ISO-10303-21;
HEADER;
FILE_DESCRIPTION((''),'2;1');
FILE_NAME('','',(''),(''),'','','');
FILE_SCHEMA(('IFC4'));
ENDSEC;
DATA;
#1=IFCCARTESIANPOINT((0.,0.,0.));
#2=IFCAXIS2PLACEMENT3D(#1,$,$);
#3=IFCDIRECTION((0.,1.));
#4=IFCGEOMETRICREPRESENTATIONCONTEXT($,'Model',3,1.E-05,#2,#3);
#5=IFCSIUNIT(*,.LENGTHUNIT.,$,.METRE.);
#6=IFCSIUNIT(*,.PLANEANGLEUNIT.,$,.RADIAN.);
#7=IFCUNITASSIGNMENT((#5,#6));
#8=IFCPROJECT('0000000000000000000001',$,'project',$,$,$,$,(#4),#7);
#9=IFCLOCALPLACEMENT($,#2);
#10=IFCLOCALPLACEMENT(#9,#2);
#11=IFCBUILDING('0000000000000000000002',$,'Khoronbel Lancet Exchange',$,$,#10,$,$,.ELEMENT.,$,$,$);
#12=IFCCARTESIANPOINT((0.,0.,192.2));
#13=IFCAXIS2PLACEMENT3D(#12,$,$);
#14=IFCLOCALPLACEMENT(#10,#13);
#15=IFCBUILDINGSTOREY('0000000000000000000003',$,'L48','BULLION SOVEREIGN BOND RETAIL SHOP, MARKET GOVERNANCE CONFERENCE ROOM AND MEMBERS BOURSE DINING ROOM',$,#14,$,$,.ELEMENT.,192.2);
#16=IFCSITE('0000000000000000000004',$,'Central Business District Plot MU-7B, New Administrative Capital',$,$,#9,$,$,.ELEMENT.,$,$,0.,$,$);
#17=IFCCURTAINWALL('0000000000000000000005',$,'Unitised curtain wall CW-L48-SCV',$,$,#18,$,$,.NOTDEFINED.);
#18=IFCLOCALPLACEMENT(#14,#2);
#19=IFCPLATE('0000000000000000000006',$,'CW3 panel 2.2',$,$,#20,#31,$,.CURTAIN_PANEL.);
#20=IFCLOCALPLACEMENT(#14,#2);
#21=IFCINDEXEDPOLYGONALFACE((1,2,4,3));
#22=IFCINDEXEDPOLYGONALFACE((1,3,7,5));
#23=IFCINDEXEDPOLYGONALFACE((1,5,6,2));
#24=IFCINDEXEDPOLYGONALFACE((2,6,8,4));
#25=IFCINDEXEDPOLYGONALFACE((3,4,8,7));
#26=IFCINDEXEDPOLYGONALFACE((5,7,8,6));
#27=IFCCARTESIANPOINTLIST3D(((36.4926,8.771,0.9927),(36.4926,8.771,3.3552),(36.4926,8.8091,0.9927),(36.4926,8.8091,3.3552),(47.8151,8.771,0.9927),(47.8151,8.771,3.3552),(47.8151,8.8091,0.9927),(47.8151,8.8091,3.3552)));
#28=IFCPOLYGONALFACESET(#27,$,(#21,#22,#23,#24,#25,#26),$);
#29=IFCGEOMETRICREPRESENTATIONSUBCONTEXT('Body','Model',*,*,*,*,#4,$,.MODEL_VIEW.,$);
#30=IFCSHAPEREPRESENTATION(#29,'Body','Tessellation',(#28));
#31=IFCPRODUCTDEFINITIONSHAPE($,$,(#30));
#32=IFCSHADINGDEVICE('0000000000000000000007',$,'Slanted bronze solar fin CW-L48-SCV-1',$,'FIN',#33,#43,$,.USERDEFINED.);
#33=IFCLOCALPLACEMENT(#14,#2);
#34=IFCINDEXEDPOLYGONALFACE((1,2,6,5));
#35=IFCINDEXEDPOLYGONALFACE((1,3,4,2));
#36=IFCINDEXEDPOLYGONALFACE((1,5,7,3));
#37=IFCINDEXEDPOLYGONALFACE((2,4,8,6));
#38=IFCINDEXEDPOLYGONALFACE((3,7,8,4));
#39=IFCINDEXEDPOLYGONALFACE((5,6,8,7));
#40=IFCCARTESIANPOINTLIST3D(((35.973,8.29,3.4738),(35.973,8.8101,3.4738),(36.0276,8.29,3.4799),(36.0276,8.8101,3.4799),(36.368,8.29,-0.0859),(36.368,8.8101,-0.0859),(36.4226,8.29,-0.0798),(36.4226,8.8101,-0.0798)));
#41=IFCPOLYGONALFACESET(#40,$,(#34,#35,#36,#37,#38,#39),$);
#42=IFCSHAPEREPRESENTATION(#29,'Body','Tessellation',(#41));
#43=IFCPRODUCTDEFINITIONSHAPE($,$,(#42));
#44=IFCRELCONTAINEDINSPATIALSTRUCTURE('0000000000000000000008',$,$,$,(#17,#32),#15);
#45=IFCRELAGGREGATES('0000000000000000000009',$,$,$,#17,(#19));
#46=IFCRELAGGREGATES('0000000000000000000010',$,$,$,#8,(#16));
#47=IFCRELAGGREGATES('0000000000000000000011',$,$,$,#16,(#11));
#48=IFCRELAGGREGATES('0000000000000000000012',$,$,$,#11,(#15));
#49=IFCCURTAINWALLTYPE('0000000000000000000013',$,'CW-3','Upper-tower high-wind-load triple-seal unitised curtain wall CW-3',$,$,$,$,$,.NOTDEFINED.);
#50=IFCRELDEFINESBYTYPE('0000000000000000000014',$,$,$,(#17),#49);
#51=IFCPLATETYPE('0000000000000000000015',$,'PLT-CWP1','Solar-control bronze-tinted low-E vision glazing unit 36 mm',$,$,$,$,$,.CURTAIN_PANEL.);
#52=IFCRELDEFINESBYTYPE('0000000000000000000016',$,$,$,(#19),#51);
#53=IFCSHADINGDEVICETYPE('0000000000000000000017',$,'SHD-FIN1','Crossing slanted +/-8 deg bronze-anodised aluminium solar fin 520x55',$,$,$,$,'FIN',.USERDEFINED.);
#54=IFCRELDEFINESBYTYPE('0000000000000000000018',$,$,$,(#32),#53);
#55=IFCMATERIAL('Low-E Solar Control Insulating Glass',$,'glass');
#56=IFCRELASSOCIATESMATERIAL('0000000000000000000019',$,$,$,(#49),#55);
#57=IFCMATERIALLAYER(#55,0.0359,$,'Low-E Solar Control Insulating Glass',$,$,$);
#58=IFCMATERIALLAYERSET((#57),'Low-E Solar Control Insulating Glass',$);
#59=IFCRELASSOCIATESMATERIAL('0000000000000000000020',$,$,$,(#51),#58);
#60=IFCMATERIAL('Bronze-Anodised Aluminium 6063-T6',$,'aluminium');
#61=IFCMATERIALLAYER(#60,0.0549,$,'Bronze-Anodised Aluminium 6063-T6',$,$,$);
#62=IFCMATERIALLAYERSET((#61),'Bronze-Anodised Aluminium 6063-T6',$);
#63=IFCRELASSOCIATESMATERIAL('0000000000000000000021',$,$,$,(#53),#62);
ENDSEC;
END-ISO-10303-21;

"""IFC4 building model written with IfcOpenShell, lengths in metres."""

from ifc_helpers import new_model, si_unit, direction, frame, origin, origin_2d, place, context, subcontext, project, spatial, polyline, rectangle, outline, extrude, material, layer, layer_set, type_object, element, aggregate, save


model = new_model("IFC4")

# Units and contexts
model_context = context("Model", 3, precision=1e-05, world=origin(), true_north=direction((0.0, 1.0)))
body_context = subcontext(model_context, "Body", "Model", "MODEL_VIEW")
ifc_project = project(units=[si_unit("LENGTHUNIT", "METRE"), si_unit("PLANEANGLEUNIT", "RADIAN")], contexts=[model_context])

# Site, building, storey
site_placement = place(None, origin())
site = spatial("IfcSite", under=ifc_project, at=site_placement, Name="Central Business District Plot MU-7B, New Administrative Capital", CompositionType="ELEMENT", RefElevation=0.0)
building_placement = place(site_placement, origin())
building = spatial("IfcBuilding", under=site, at=building_placement, Name="Khoronbel Lancet Exchange", CompositionType="ELEMENT")
storey_placement = place(building_placement, frame((0.0, 0.0, 192.2)))
storey = spatial("IfcBuildingStorey", under=building, at=storey_placement, Name="L48", Description="BULLION SOVEREIGN BOND RETAIL SHOP, MARKET GOVERNANCE CONFERENCE ROOM AND MEMBERS BOURSE DINING ROOM", CompositionType="ELEMENT", Elevation=192.2)

# Curtain wall
ifc_material_1 = material(Name="Low-E Solar Control Insulating Glass", Category="glass")
curtain_wall_type = type_object("IfcCurtainWallType", Name="CW-3", Description="Upper-tower high-wind-load triple-seal unitised curtain wall CW-3", PredefinedType="NOTDEFINED", material=ifc_material_1)
curtain_wall_1_placement = place(storey_placement, origin())
curtain_wall_1 = element("IfcCurtainWall", 1, at=curtain_wall_1_placement, inside=storey, type_object=curtain_wall_type, Name="Unitised curtain wall CW-L48-SCV", PredefinedType="NOTDEFINED")
ifc_material_2 = material(Name="Bronze-Anodised Aluminium 6063-T6", Category="aluminium")

# Plate
ifc_layer_1 = layer(ifc_material_1, 0.0359, Name="Low-E Solar Control Insulating Glass")
ifc_layer_set_1 = layer_set([ifc_layer_1], Name="Low-E Solar Control Insulating Glass")
plate_type_1 = type_object("IfcPlateType", Name="PLT-CWP1", Description="Solar-control bronze-tinted low-E vision glazing unit 36 mm", PredefinedType="CURTAIN_PANEL", material=ifc_layer_set_1)
plate_1_placement = place(storey_placement, frame((42.1538, 8.79, 0.9927), z_axis=(0.0, 0.0, 1.0), x_axis=(1.0, 0.0, 0.0)))
plate_1 = element("IfcPlate", 2, at=plate_1_placement, type_object=plate_type_1, Name="CW3 panel 2.2", PredefinedType="CURTAIN_PANEL", context=body_context, shape_type="SweptSolid", body=[
    extrude(rectangle(XDim=11.3225, YDim=0.0381, at=origin_2d()), origin(), (0.0, 0.0, 1.0), 2.3625),
])
aggregate(curtain_wall_1, [plate_1])

# Shading device
ifc_layer_2 = layer(ifc_material_2, 0.0549, Name="Bronze-Anodised Aluminium 6063-T6")
ifc_layer_set_2 = layer_set([ifc_layer_2], Name="Bronze-Anodised Aluminium 6063-T6")
shading_device_type = type_object("IfcShadingDeviceType", Name="SHD-FIN1", Description="Crossing slanted +/-8 deg bronze-anodised aluminium solar fin 520x55", ElementType="FIN", PredefinedType="USERDEFINED", material=ifc_layer_set_2)
shading_device_placement = place(storey_placement, frame((36.4226, 8.8101, -0.0798), z_axis=(0.9939, 0.0, 0.110289), x_axis=(0.0, -1.0, 0.0)))
element("IfcShadingDevice", 3, at=shading_device_placement, inside=storey, type_object=shading_device_type, Name="Slanted bronze solar fin CW-L48-SCV-1", ObjectType="FIN", PredefinedType="USERDEFINED", context=body_context, shape_type="SweptSolid", body=[
    extrude(outline(polyline([(0.0, 0.0), (0.52, 0.0), (0.52, -3.5815), (0.0, -3.5815), (0.0, 0.0)])), origin(), (0.0, 0.0, -1.0), 0.0549),
])

save(model, "model.ifc")
